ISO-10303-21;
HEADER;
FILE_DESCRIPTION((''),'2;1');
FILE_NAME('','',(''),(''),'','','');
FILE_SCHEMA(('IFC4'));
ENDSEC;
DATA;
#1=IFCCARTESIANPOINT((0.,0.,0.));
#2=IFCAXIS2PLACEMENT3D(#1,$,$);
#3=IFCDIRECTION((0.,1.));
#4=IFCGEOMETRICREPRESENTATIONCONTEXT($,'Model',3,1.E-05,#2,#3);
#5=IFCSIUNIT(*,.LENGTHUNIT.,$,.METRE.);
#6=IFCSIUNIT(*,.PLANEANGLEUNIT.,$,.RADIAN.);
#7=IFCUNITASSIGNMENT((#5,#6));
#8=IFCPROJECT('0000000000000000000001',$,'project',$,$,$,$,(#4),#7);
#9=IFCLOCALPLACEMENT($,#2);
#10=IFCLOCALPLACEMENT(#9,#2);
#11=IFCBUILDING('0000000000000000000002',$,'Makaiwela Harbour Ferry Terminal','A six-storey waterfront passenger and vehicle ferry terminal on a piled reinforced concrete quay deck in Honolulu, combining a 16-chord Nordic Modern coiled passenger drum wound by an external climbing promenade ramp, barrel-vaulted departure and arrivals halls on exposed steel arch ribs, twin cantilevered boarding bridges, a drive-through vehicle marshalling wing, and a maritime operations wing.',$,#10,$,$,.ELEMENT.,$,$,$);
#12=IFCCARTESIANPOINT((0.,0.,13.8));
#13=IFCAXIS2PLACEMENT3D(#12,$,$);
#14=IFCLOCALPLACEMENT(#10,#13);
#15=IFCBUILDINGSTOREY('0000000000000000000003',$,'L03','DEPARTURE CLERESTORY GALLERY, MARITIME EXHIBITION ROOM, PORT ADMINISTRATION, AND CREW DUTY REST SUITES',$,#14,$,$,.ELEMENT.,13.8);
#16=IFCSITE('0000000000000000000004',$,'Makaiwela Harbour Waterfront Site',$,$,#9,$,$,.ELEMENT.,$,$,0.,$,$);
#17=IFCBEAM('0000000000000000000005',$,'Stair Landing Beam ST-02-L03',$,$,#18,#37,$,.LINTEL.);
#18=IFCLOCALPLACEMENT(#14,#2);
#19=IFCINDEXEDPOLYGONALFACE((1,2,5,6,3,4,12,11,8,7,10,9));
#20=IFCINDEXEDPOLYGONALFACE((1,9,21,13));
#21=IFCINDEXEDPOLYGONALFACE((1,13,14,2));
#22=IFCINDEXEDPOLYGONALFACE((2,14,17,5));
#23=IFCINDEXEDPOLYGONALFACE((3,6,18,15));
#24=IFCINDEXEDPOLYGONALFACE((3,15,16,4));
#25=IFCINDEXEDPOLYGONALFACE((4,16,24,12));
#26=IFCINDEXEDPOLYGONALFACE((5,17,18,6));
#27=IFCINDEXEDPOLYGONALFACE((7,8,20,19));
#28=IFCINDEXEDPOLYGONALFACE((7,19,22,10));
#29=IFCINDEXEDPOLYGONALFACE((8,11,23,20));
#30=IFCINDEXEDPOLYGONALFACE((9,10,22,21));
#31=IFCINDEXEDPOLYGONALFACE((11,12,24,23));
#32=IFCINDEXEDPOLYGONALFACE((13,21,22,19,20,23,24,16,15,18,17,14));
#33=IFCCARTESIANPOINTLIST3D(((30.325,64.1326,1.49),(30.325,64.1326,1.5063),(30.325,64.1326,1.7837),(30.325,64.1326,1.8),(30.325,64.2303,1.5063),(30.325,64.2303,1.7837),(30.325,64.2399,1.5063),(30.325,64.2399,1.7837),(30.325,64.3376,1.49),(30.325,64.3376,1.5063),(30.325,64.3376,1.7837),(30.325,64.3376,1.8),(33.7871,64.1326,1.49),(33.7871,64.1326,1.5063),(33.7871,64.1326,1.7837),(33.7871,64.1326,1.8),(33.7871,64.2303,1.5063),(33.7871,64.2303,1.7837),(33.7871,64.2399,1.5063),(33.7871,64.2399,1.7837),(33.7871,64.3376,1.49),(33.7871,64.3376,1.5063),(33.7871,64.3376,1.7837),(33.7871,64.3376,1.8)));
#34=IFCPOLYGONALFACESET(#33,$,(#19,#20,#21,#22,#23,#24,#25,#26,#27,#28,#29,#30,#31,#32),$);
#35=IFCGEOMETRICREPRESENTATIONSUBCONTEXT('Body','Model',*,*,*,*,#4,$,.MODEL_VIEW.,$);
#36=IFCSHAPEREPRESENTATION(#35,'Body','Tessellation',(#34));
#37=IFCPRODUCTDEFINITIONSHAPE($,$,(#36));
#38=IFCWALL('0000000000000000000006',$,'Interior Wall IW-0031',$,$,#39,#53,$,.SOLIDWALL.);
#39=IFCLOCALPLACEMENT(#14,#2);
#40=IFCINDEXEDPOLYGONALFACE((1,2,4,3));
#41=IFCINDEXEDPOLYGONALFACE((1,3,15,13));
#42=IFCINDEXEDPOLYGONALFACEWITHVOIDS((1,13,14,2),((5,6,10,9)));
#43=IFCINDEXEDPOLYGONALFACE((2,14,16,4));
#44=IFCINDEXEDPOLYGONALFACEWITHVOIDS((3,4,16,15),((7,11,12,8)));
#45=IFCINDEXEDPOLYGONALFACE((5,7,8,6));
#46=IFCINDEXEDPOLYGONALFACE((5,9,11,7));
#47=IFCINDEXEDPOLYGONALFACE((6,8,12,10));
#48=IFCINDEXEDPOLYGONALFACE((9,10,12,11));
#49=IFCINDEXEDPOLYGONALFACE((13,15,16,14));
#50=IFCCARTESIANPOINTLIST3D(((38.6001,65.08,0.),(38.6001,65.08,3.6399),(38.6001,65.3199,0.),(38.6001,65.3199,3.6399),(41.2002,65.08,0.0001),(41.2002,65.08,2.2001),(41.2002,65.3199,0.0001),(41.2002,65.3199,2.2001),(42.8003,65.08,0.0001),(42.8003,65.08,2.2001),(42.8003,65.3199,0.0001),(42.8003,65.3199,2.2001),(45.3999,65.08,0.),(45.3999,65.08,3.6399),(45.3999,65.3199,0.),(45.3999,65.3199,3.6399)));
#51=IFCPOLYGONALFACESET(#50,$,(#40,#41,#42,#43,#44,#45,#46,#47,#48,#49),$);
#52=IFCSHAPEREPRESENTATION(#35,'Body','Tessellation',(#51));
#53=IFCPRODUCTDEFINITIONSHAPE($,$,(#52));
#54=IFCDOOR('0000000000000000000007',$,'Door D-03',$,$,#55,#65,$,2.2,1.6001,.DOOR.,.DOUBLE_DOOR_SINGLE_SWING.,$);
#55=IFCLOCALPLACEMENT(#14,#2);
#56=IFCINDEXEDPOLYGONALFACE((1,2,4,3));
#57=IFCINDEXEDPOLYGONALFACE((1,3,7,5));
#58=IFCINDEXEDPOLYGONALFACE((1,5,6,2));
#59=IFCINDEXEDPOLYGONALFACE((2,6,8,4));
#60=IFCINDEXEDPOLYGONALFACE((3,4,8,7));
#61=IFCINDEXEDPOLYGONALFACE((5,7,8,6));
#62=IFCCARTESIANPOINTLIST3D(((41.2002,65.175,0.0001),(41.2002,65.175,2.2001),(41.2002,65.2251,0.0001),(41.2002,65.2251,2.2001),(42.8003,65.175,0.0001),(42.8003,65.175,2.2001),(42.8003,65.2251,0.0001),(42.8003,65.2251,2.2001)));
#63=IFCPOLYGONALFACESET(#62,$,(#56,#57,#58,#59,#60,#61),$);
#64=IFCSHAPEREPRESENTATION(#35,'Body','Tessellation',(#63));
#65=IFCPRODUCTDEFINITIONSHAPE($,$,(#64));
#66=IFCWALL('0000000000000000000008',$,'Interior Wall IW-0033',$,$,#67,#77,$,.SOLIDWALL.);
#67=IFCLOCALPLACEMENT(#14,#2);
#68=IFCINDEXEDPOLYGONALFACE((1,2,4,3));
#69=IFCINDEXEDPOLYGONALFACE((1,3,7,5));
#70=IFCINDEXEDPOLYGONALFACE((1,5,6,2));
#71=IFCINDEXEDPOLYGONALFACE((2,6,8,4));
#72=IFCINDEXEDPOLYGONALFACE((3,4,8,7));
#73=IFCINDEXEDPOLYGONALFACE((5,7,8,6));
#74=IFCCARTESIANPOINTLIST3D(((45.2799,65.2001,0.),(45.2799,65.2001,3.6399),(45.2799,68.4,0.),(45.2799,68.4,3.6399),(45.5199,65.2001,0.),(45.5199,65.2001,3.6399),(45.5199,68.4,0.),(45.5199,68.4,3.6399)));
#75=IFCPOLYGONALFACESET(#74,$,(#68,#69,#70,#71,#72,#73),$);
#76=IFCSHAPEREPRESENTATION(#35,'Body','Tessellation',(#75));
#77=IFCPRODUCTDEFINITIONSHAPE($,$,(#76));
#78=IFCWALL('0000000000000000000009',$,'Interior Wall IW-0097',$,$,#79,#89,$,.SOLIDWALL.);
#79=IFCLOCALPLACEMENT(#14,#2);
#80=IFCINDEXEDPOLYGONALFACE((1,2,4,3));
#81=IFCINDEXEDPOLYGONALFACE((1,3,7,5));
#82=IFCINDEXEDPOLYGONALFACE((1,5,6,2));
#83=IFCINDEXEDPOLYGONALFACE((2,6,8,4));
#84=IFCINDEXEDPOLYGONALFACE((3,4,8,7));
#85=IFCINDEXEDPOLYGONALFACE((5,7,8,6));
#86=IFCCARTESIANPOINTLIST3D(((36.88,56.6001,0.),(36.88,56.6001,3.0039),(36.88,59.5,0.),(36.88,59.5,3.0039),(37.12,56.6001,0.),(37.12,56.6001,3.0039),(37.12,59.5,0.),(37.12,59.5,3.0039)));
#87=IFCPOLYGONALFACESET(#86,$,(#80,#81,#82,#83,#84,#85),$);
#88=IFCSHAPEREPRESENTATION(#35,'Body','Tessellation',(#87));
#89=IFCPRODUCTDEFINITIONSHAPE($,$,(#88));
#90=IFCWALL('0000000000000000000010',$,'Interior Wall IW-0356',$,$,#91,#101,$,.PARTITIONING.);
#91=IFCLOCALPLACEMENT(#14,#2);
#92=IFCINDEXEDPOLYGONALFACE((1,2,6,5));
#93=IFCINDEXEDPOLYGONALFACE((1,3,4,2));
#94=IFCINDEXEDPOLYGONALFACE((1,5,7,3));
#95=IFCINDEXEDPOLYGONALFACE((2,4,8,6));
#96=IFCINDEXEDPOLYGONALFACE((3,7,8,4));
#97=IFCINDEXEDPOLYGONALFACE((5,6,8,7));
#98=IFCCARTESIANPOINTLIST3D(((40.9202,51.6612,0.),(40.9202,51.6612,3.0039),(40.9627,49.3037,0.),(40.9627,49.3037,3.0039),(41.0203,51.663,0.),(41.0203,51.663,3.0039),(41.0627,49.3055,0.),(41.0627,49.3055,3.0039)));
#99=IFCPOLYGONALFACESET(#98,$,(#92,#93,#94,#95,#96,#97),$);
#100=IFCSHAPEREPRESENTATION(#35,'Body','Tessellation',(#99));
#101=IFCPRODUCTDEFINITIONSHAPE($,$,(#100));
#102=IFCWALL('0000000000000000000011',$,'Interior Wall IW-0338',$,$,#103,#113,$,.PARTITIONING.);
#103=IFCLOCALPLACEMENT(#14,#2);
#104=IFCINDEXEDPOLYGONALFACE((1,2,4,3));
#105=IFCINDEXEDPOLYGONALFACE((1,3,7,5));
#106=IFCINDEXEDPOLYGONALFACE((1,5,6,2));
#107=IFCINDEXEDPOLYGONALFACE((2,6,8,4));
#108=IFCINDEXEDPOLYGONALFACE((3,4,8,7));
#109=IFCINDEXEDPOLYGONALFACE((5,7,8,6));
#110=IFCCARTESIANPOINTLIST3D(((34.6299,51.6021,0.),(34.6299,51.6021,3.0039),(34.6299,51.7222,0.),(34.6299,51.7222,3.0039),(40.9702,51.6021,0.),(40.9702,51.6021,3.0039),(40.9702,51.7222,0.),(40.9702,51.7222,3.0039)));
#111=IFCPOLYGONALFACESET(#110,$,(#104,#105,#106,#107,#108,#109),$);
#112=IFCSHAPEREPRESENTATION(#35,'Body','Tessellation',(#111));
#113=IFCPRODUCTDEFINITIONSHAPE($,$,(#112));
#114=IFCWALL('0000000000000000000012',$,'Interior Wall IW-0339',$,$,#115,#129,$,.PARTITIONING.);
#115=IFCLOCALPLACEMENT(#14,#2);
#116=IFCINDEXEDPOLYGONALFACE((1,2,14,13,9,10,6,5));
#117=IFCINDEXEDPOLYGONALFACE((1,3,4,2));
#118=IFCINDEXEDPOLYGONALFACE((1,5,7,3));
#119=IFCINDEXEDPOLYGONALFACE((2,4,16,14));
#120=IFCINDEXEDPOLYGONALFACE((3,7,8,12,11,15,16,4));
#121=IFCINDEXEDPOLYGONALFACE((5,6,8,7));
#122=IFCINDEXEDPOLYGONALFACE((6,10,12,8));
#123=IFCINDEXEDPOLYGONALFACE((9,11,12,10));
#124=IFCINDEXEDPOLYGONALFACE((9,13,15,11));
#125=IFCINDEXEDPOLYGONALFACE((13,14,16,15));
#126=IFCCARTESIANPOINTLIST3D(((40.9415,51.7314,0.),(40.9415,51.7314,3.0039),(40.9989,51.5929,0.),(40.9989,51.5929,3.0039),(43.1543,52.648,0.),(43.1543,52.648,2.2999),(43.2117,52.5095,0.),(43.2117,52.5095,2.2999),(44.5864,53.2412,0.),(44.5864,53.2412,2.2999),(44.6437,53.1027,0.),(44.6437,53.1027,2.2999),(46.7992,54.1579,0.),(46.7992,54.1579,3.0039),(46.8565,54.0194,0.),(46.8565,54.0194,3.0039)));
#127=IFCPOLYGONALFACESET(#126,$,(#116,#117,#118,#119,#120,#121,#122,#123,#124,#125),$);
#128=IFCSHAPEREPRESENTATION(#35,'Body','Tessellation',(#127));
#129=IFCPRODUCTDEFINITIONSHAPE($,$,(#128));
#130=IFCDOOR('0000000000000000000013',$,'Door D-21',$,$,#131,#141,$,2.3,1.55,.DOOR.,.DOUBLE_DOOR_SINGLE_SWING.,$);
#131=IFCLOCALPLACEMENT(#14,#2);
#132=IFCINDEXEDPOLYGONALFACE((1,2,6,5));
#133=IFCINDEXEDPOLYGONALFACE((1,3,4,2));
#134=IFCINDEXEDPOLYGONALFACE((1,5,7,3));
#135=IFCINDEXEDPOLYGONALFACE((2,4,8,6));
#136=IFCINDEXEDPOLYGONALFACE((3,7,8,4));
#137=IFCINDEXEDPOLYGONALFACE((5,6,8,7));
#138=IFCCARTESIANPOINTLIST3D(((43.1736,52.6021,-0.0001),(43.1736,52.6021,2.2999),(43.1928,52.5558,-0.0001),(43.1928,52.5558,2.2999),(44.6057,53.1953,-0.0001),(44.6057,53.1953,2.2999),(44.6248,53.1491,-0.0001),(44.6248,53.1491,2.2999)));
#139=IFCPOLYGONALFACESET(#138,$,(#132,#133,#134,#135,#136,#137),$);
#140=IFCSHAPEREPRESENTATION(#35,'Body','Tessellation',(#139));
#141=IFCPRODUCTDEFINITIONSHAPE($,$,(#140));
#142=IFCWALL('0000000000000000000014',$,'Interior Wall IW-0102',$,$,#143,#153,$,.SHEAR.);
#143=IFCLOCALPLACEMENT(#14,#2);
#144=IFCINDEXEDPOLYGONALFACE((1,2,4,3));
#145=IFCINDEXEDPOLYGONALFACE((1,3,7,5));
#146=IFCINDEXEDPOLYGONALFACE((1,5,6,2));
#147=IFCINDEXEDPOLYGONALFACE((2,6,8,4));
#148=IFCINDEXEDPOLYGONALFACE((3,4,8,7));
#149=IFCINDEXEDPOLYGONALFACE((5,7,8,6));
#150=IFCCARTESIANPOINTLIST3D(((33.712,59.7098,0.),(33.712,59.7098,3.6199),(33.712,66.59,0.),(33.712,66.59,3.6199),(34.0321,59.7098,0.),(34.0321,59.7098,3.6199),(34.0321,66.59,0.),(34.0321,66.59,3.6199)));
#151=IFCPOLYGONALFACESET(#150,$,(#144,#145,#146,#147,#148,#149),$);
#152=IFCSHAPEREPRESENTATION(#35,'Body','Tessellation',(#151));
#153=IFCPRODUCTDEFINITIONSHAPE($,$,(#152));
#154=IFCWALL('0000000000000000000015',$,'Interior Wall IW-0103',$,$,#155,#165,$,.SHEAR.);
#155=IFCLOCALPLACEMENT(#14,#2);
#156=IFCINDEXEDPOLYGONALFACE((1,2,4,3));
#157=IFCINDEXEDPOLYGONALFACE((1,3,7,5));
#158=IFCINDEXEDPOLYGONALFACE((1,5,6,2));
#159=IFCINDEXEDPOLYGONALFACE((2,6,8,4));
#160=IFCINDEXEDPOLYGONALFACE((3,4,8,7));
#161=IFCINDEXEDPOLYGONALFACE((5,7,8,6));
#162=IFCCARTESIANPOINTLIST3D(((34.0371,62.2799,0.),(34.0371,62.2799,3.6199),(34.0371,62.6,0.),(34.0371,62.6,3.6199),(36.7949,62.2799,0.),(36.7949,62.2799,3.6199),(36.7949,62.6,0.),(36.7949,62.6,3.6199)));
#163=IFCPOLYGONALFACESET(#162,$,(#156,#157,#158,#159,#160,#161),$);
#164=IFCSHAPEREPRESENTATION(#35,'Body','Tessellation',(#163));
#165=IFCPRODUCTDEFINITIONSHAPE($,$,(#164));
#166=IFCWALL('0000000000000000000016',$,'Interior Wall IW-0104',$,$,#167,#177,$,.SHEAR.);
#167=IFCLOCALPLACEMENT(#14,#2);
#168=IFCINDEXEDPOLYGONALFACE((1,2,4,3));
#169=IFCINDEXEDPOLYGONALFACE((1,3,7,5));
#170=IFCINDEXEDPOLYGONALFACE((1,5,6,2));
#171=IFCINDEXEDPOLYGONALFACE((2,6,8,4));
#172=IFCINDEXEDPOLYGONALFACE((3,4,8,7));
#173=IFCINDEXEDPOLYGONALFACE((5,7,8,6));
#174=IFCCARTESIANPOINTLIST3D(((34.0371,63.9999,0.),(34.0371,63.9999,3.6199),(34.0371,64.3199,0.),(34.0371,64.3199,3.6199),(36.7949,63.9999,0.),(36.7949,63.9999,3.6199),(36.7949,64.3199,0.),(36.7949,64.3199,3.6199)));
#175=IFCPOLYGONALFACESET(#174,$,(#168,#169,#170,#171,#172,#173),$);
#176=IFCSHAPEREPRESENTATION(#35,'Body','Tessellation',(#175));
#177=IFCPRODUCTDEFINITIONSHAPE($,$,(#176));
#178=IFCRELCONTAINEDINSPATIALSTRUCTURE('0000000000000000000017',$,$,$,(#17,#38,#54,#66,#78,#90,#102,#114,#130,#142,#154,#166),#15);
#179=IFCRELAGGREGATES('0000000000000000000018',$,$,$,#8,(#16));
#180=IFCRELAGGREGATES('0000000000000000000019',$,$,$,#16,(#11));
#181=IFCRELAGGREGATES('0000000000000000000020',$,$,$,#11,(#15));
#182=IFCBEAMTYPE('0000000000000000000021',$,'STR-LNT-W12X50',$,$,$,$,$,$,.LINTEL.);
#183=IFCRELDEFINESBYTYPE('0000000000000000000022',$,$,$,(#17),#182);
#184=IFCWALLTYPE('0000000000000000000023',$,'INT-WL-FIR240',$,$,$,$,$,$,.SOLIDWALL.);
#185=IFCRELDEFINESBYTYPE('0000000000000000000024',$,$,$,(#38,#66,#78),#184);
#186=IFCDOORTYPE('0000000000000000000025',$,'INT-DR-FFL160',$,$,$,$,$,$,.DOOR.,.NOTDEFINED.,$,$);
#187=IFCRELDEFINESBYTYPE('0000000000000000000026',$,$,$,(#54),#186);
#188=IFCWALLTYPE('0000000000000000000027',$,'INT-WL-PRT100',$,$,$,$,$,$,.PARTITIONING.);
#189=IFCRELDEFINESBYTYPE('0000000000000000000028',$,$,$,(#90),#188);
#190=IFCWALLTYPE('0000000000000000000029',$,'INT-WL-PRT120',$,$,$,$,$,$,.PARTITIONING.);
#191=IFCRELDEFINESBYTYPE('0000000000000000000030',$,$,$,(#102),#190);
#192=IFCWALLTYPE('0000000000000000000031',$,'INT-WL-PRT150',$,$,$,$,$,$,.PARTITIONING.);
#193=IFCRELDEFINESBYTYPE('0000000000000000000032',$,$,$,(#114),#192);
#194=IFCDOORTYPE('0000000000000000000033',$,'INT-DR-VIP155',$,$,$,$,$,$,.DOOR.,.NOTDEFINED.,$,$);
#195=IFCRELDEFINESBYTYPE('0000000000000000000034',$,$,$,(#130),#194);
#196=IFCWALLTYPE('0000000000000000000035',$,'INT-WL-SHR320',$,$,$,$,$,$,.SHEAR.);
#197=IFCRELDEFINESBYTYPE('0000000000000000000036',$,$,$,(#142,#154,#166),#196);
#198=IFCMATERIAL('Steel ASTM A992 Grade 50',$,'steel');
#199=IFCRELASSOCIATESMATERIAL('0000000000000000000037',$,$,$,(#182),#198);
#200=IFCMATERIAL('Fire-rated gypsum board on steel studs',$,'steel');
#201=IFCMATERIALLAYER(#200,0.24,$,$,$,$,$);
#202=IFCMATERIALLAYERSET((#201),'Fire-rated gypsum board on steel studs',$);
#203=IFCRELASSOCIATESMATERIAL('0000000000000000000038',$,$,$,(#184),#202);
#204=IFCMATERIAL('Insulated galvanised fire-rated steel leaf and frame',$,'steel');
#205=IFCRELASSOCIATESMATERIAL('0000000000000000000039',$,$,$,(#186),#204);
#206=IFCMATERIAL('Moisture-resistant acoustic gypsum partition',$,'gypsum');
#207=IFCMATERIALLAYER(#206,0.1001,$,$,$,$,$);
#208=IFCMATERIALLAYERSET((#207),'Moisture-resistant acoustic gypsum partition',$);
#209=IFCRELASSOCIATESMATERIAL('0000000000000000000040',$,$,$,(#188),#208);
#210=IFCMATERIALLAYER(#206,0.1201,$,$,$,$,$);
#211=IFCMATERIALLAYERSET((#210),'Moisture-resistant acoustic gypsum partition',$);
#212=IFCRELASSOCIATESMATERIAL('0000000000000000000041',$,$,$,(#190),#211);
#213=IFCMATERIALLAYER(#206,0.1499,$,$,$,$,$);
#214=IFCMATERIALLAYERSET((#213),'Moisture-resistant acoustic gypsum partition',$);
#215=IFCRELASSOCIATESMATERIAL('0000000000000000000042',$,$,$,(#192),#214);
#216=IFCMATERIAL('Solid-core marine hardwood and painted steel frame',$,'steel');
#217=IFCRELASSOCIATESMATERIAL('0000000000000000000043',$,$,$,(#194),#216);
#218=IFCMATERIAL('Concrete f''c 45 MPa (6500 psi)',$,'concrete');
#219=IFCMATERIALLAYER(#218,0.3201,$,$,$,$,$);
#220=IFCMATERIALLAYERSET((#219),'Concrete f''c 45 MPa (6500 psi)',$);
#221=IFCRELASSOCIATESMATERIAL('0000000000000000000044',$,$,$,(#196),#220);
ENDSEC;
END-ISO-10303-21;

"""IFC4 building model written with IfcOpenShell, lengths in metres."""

from ifc_helpers import new_model, si_unit, direction, frame, frame_2d, origin, origin_2d, place, context, subcontext, project, spatial, rectangle, i_section, extrude, material, layer, layer_set, material_profile, profile_set, type_object, element, fill, save


model = new_model("IFC4")

# Units and contexts
model_context = context("Model", 3, precision=1e-05, world=origin(), true_north=direction((0.0, 1.0)))
body_context = subcontext(model_context, "Body", "Model", "MODEL_VIEW")
ifc_project = project(units=[si_unit("LENGTHUNIT", "METRE"), si_unit("PLANEANGLEUNIT", "RADIAN")], contexts=[model_context])

# Site, building, storey
site_placement = place(None, origin())
site = spatial("IfcSite", under=ifc_project, at=site_placement, Name="Makaiwela Harbour Waterfront Site", CompositionType="ELEMENT", RefElevation=0.0)
building_placement = place(site_placement, origin())
building = spatial("IfcBuilding", under=site, at=building_placement, Name="Makaiwela Harbour Ferry Terminal", Description="A six-storey waterfront passenger and vehicle ferry terminal on a piled reinforced concrete quay deck in Honolulu, combining a 16-chord Nordic Modern coiled passenger drum wound by an external climbing promenade ramp, barrel-vaulted departure and arrivals halls on exposed steel arch ribs, twin cantilevered boarding bridges, a drive-through vehicle marshalling wing, and a maritime operations wing.", CompositionType="ELEMENT")
storey_placement = place(building_placement, frame((0.0, 0.0, 13.8)))
storey = spatial("IfcBuildingStorey", under=building, at=storey_placement, Name="L03", Description="DEPARTURE CLERESTORY GALLERY, MARITIME EXHIBITION ROOM, PORT ADMINISTRATION, AND CREW DUTY REST SUITES", CompositionType="ELEMENT", Elevation=13.8)

# Shared definitions
ifc_material_1 = material(Name="Steel ASTM A992 Grade 50", Category="steel")

# Beam
ifc_material_profile_1 = material_profile(ifc_material_1, i_section(OverallWidth=0.2051, OverallDepth=0.3101, WebThickness=0.0095, FlangeThickness=0.0164, at=origin_2d()), Name="W12X50")
ifc_profile_set_1 = profile_set([ifc_material_profile_1], Name="Steel ASTM A992 Grade 50")
beam_type_1 = type_object("IfcBeamType", Name="STR-LNT-W12X50", PredefinedType="LINTEL", material=ifc_profile_set_1)
beam_1_placement = place(storey_placement, frame((30.325, 64.2351, 1.645), z_axis=(1.0, 0.0, 0.0), x_axis=(0.0, 1.0, 0.0)))
element("IfcBeam", 1, at=beam_1_placement, inside=storey, type_object=beam_type_1, Name="Stair Landing Beam ST-02-L03", PredefinedType="LINTEL", context=body_context, shape_type="SweptSolid", body=[
    extrude(i_section(OverallWidth=0.2051, OverallDepth=0.3101, WebThickness=0.0095, FlangeThickness=0.0164, at=origin_2d()), origin(), (0.0, 0.0, 1.0), 3.4622),
])

# Wall, opening, door
ifc_material_2 = material(Name="Fire-rated gypsum board on steel studs", Category="steel")
ifc_layer_1 = layer(ifc_material_2, 0.24)
ifc_layer_set_1 = layer_set([ifc_layer_1], Name="Fire-rated gypsum board on steel studs")
wall_type_1 = type_object("IfcWallType", Name="INT-WL-FIR240", PredefinedType="SOLIDWALL", material=ifc_layer_set_1)
wall_1_placement = place(storey_placement, frame((38.6001, 65.2, 0.0), z_axis=(0.0, 0.0, 1.0), x_axis=(1.0, 0.0, 0.0)))
wall_1 = element("IfcWall", 2, at=wall_1_placement, inside=storey, type_object=wall_type_1, Name="Interior Wall IW-0031", PredefinedType="SOLIDWALL", context=body_context, shape_type="SweptSolid", body=[
    extrude(rectangle(XDim=6.7998, YDim=0.24, at=frame_2d((3.3999, 0.0))), origin(), (0.0, 0.0, 1.0), 3.6399),
])
opening_1_placement = place(wall_1_placement, frame((2.6001, 0.0, 0.0)))
opening_1 = element("IfcOpeningElement", 3, at=opening_1_placement, cuts=wall_1, PredefinedType="OPENING", context=body_context, shape_type="SweptSolid", body=[
    extrude(rectangle(XDim=1.6001, YDim=2.2, at=frame_2d((0.8, 1.1001))), frame((0.0, 0.1299, 0.0), z_axis=(0.0, -1.0, 0.0), x_axis=(1.0, 0.0, 0.0)), (0.0, 0.0, 1.0), 0.26),
])
ifc_material_3 = material(Name="Insulated galvanised fire-rated steel leaf and frame", Category="steel")
door_type_1 = type_object("IfcDoorType", Name="INT-DR-FFL160", OperationType="NOTDEFINED", PredefinedType="DOOR", material=ifc_material_3)
door_1_placement = place(opening_1_placement, frame((1.6001, 0.0, 0.0), z_axis=(0.0, 0.0, 1.0), x_axis=(-1.0, 0.0, 0.0)))
door_1 = element("IfcDoor", 4, at=door_1_placement, inside=storey, type_object=door_type_1, Name="Door D-03", OperationType="DOUBLE_DOOR_SINGLE_SWING", OverallHeight=2.2, OverallWidth=1.6001, PredefinedType="DOOR", context=body_context, shape_type="SweptSolid", body=[
    extrude(rectangle(XDim=1.6001, YDim=2.2, at=frame_2d((0.8, 1.1001))), frame((0.0, 0.0249, 0.0), z_axis=(0.0, -1.0, 0.0), x_axis=(1.0, 0.0, 0.0)), (0.0, 0.0, 1.0), 0.05),
])
fill(opening_1, door_1)

# Walls
wall_2_placement = place(storey_placement, frame((45.3999, 65.2, 0.0), z_axis=(0.0, 0.0, 1.0), x_axis=(0.0, 1.0, 0.0)))
element("IfcWall", 5, at=wall_2_placement, inside=storey, type_object=wall_type_1, Name="Interior Wall IW-0033", PredefinedType="SOLIDWALL", context=body_context, shape_type="SweptSolid", body=[
    extrude(rectangle(XDim=3.2, YDim=0.24, at=frame_2d((1.6001, 0.0))), origin(), (0.0, 0.0, 1.0), 3.6399),
])
wall_3_placement = place(storey_placement, frame((37.0, 56.6001, 0.0), z_axis=(0.0, 0.0, 1.0), x_axis=(0.0, 1.0, 0.0)))
element("IfcWall", 6, at=wall_3_placement, inside=storey, type_object=wall_type_1, Name="Interior Wall IW-0097", PredefinedType="SOLIDWALL", context=body_context, shape_type="SweptSolid", body=[
    extrude(rectangle(XDim=2.8999, YDim=0.24, at=frame_2d((1.45, 0.0))), origin(), (0.0, 0.0, 1.0), 3.0039),
])
ifc_material_4 = material(Name="Moisture-resistant acoustic gypsum partition", Category="gypsum")
ifc_layer_2 = layer(ifc_material_4, 0.1001)
ifc_layer_set_2 = layer_set([ifc_layer_2], Name="Moisture-resistant acoustic gypsum partition")
wall_type_2 = type_object("IfcWallType", Name="INT-WL-PRT100", PredefinedType="PARTITIONING", material=ifc_layer_set_2)
wall_4_placement = place(storey_placement, frame((40.9702, 51.6621, 0.0), z_axis=(0.0, 0.0, 1.0), x_axis=(0.018017, -0.999838, 0.0)))
element("IfcWall", 7, at=wall_4_placement, inside=storey, type_object=wall_type_2, Name="Interior Wall IW-0356", PredefinedType="PARTITIONING", context=body_context, shape_type="SweptSolid", body=[
    extrude(rectangle(XDim=2.3579, YDim=0.1001, at=frame_2d((1.179, 0.0))), origin(), (0.0, 0.0, 1.0), 3.0039),
])
ifc_layer_3 = layer(ifc_material_4, 0.1201)
ifc_layer_set_3 = layer_set([ifc_layer_3], Name="Moisture-resistant acoustic gypsum partition")
wall_type_3 = type_object("IfcWallType", Name="INT-WL-PRT120", PredefinedType="PARTITIONING", material=ifc_layer_set_3)
wall_5_placement = place(storey_placement, frame((34.6299, 51.6621, 0.0), z_axis=(0.0, 0.0, 1.0), x_axis=(1.0, 0.0, 0.0)))
element("IfcWall", 8, at=wall_5_placement, inside=storey, type_object=wall_type_3, Name="Interior Wall IW-0338", PredefinedType="PARTITIONING", context=body_context, shape_type="SweptSolid", body=[
    extrude(rectangle(XDim=6.3403, YDim=0.1201, at=frame_2d((3.1702, 0.0))), origin(), (0.0, 0.0, 1.0), 3.0039),
])

# Wall, opening, door
ifc_layer_4 = layer(ifc_material_4, 0.1499)
ifc_layer_set_4 = layer_set([ifc_layer_4], Name="Moisture-resistant acoustic gypsum partition")
wall_type_4 = type_object("IfcWallType", Name="INT-WL-PRT150", PredefinedType="PARTITIONING", material=ifc_layer_set_4)
wall_6_placement = place(storey_placement, frame((40.9702, 51.6621, 0.0), z_axis=(0.0, 0.0, 1.0), x_axis=(0.923869, 0.382709, 0.0)))
wall_6 = element("IfcWall", 9, at=wall_6_placement, inside=storey, type_object=wall_type_4, Name="Interior Wall IW-0339", PredefinedType="PARTITIONING", context=body_context, shape_type="SweptSolid", body=[
    extrude(rectangle(XDim=6.3403, YDim=0.1499, at=frame_2d((3.1702, 0.0))), origin(), (0.0, 0.0, 1.0), 3.0039),
])
opening_2_placement = place(wall_6_placement, frame((2.3953, 0.0, 0.0)))
opening_2 = element("IfcOpeningElement", 10, at=opening_2_placement, cuts=wall_6, PredefinedType="OPENING", context=body_context, shape_type="SweptSolid", body=[
    extrude(rectangle(XDim=1.55, YDim=2.3, at=frame_2d((0.7749, 1.1499))), frame((0.0, 0.085, 0.0), z_axis=(0.0, -1.0, 0.0), x_axis=(1.0, 0.0, 0.0)), (0.0, 0.0, 1.0), 0.1699),
])
ifc_material_5 = material(Name="Solid-core marine hardwood and painted steel frame", Category="steel")
door_type_2 = type_object("IfcDoorType", Name="INT-DR-VIP155", OperationType="NOTDEFINED", PredefinedType="DOOR", material=ifc_material_5)
door_2_placement = place(opening_2_placement, frame((1.55, 0.0, 0.0), z_axis=(0.0, 0.0, 1.0), x_axis=(-1.0, 0.0, 0.0)))
door_2 = element("IfcDoor", 11, at=door_2_placement, inside=storey, type_object=door_type_2, Name="Door D-21", OperationType="DOUBLE_DOOR_SINGLE_SWING", OverallHeight=2.3, OverallWidth=1.55, PredefinedType="DOOR", context=body_context, shape_type="SweptSolid", body=[
    extrude(rectangle(XDim=1.55, YDim=2.3, at=frame_2d((0.7749, 1.1499))), frame((0.0, 0.0249, 0.0), z_axis=(0.0, -1.0, 0.0), x_axis=(1.0, 0.0, 0.0)), (0.0, 0.0, 1.0), 0.05),
])
fill(opening_2, door_2)

# Walls
ifc_material_6 = material(Name="Concrete f'c 45 MPa (6500 psi)", Category="concrete")
ifc_layer_5 = layer(ifc_material_6, 0.3201)
ifc_layer_set_5 = layer_set([ifc_layer_5], Name="Concrete f'c 45 MPa (6500 psi)")
wall_type_5 = type_object("IfcWallType", Name="INT-WL-SHR320", PredefinedType="SHEAR", material=ifc_layer_set_5)
wall_7_placement = place(storey_placement, frame((33.8721, 59.71, 0.0), z_axis=(0.0, 0.0, 1.0), x_axis=(0.0, 1.0, 0.0)))
element("IfcWall", 12, at=wall_7_placement, inside=storey, type_object=wall_type_5, Name="Interior Wall IW-0102", PredefinedType="SHEAR", context=body_context, shape_type="SweptSolid", body=[
    extrude(rectangle(XDim=6.8801, YDim=0.3201, at=frame_2d((3.4399, 0.0))), origin(), (0.0, 0.0, 1.0), 3.6199),
])
for number, where, z_axis, x_axis, name in (
    (13, (34.0371, 62.4399, 0.0), (0.0, 0.0, 1.0), (1.0, 0.0, 0.0), "Interior Wall IW-0103"),
    (14, (34.0371, 64.1599, 0.0), (0.0, 0.0, 1.0), (1.0, 0.0, 0.0), "Interior Wall IW-0104"),
):
    element("IfcWall", number, at=place(storey_placement, frame(where, z_axis=z_axis, x_axis=x_axis)), inside=storey, type_object=wall_type_5, Name=name, PredefinedType="SHEAR", context=body_context, shape_type="SweptSolid", body=[
        extrude(rectangle(XDim=2.7578, YDim=0.3201, at=frame_2d((1.3789, 0.0))), origin(), (0.0, 0.0, 1.0), 3.6199),
    ])

save(model, "model.ifc")
